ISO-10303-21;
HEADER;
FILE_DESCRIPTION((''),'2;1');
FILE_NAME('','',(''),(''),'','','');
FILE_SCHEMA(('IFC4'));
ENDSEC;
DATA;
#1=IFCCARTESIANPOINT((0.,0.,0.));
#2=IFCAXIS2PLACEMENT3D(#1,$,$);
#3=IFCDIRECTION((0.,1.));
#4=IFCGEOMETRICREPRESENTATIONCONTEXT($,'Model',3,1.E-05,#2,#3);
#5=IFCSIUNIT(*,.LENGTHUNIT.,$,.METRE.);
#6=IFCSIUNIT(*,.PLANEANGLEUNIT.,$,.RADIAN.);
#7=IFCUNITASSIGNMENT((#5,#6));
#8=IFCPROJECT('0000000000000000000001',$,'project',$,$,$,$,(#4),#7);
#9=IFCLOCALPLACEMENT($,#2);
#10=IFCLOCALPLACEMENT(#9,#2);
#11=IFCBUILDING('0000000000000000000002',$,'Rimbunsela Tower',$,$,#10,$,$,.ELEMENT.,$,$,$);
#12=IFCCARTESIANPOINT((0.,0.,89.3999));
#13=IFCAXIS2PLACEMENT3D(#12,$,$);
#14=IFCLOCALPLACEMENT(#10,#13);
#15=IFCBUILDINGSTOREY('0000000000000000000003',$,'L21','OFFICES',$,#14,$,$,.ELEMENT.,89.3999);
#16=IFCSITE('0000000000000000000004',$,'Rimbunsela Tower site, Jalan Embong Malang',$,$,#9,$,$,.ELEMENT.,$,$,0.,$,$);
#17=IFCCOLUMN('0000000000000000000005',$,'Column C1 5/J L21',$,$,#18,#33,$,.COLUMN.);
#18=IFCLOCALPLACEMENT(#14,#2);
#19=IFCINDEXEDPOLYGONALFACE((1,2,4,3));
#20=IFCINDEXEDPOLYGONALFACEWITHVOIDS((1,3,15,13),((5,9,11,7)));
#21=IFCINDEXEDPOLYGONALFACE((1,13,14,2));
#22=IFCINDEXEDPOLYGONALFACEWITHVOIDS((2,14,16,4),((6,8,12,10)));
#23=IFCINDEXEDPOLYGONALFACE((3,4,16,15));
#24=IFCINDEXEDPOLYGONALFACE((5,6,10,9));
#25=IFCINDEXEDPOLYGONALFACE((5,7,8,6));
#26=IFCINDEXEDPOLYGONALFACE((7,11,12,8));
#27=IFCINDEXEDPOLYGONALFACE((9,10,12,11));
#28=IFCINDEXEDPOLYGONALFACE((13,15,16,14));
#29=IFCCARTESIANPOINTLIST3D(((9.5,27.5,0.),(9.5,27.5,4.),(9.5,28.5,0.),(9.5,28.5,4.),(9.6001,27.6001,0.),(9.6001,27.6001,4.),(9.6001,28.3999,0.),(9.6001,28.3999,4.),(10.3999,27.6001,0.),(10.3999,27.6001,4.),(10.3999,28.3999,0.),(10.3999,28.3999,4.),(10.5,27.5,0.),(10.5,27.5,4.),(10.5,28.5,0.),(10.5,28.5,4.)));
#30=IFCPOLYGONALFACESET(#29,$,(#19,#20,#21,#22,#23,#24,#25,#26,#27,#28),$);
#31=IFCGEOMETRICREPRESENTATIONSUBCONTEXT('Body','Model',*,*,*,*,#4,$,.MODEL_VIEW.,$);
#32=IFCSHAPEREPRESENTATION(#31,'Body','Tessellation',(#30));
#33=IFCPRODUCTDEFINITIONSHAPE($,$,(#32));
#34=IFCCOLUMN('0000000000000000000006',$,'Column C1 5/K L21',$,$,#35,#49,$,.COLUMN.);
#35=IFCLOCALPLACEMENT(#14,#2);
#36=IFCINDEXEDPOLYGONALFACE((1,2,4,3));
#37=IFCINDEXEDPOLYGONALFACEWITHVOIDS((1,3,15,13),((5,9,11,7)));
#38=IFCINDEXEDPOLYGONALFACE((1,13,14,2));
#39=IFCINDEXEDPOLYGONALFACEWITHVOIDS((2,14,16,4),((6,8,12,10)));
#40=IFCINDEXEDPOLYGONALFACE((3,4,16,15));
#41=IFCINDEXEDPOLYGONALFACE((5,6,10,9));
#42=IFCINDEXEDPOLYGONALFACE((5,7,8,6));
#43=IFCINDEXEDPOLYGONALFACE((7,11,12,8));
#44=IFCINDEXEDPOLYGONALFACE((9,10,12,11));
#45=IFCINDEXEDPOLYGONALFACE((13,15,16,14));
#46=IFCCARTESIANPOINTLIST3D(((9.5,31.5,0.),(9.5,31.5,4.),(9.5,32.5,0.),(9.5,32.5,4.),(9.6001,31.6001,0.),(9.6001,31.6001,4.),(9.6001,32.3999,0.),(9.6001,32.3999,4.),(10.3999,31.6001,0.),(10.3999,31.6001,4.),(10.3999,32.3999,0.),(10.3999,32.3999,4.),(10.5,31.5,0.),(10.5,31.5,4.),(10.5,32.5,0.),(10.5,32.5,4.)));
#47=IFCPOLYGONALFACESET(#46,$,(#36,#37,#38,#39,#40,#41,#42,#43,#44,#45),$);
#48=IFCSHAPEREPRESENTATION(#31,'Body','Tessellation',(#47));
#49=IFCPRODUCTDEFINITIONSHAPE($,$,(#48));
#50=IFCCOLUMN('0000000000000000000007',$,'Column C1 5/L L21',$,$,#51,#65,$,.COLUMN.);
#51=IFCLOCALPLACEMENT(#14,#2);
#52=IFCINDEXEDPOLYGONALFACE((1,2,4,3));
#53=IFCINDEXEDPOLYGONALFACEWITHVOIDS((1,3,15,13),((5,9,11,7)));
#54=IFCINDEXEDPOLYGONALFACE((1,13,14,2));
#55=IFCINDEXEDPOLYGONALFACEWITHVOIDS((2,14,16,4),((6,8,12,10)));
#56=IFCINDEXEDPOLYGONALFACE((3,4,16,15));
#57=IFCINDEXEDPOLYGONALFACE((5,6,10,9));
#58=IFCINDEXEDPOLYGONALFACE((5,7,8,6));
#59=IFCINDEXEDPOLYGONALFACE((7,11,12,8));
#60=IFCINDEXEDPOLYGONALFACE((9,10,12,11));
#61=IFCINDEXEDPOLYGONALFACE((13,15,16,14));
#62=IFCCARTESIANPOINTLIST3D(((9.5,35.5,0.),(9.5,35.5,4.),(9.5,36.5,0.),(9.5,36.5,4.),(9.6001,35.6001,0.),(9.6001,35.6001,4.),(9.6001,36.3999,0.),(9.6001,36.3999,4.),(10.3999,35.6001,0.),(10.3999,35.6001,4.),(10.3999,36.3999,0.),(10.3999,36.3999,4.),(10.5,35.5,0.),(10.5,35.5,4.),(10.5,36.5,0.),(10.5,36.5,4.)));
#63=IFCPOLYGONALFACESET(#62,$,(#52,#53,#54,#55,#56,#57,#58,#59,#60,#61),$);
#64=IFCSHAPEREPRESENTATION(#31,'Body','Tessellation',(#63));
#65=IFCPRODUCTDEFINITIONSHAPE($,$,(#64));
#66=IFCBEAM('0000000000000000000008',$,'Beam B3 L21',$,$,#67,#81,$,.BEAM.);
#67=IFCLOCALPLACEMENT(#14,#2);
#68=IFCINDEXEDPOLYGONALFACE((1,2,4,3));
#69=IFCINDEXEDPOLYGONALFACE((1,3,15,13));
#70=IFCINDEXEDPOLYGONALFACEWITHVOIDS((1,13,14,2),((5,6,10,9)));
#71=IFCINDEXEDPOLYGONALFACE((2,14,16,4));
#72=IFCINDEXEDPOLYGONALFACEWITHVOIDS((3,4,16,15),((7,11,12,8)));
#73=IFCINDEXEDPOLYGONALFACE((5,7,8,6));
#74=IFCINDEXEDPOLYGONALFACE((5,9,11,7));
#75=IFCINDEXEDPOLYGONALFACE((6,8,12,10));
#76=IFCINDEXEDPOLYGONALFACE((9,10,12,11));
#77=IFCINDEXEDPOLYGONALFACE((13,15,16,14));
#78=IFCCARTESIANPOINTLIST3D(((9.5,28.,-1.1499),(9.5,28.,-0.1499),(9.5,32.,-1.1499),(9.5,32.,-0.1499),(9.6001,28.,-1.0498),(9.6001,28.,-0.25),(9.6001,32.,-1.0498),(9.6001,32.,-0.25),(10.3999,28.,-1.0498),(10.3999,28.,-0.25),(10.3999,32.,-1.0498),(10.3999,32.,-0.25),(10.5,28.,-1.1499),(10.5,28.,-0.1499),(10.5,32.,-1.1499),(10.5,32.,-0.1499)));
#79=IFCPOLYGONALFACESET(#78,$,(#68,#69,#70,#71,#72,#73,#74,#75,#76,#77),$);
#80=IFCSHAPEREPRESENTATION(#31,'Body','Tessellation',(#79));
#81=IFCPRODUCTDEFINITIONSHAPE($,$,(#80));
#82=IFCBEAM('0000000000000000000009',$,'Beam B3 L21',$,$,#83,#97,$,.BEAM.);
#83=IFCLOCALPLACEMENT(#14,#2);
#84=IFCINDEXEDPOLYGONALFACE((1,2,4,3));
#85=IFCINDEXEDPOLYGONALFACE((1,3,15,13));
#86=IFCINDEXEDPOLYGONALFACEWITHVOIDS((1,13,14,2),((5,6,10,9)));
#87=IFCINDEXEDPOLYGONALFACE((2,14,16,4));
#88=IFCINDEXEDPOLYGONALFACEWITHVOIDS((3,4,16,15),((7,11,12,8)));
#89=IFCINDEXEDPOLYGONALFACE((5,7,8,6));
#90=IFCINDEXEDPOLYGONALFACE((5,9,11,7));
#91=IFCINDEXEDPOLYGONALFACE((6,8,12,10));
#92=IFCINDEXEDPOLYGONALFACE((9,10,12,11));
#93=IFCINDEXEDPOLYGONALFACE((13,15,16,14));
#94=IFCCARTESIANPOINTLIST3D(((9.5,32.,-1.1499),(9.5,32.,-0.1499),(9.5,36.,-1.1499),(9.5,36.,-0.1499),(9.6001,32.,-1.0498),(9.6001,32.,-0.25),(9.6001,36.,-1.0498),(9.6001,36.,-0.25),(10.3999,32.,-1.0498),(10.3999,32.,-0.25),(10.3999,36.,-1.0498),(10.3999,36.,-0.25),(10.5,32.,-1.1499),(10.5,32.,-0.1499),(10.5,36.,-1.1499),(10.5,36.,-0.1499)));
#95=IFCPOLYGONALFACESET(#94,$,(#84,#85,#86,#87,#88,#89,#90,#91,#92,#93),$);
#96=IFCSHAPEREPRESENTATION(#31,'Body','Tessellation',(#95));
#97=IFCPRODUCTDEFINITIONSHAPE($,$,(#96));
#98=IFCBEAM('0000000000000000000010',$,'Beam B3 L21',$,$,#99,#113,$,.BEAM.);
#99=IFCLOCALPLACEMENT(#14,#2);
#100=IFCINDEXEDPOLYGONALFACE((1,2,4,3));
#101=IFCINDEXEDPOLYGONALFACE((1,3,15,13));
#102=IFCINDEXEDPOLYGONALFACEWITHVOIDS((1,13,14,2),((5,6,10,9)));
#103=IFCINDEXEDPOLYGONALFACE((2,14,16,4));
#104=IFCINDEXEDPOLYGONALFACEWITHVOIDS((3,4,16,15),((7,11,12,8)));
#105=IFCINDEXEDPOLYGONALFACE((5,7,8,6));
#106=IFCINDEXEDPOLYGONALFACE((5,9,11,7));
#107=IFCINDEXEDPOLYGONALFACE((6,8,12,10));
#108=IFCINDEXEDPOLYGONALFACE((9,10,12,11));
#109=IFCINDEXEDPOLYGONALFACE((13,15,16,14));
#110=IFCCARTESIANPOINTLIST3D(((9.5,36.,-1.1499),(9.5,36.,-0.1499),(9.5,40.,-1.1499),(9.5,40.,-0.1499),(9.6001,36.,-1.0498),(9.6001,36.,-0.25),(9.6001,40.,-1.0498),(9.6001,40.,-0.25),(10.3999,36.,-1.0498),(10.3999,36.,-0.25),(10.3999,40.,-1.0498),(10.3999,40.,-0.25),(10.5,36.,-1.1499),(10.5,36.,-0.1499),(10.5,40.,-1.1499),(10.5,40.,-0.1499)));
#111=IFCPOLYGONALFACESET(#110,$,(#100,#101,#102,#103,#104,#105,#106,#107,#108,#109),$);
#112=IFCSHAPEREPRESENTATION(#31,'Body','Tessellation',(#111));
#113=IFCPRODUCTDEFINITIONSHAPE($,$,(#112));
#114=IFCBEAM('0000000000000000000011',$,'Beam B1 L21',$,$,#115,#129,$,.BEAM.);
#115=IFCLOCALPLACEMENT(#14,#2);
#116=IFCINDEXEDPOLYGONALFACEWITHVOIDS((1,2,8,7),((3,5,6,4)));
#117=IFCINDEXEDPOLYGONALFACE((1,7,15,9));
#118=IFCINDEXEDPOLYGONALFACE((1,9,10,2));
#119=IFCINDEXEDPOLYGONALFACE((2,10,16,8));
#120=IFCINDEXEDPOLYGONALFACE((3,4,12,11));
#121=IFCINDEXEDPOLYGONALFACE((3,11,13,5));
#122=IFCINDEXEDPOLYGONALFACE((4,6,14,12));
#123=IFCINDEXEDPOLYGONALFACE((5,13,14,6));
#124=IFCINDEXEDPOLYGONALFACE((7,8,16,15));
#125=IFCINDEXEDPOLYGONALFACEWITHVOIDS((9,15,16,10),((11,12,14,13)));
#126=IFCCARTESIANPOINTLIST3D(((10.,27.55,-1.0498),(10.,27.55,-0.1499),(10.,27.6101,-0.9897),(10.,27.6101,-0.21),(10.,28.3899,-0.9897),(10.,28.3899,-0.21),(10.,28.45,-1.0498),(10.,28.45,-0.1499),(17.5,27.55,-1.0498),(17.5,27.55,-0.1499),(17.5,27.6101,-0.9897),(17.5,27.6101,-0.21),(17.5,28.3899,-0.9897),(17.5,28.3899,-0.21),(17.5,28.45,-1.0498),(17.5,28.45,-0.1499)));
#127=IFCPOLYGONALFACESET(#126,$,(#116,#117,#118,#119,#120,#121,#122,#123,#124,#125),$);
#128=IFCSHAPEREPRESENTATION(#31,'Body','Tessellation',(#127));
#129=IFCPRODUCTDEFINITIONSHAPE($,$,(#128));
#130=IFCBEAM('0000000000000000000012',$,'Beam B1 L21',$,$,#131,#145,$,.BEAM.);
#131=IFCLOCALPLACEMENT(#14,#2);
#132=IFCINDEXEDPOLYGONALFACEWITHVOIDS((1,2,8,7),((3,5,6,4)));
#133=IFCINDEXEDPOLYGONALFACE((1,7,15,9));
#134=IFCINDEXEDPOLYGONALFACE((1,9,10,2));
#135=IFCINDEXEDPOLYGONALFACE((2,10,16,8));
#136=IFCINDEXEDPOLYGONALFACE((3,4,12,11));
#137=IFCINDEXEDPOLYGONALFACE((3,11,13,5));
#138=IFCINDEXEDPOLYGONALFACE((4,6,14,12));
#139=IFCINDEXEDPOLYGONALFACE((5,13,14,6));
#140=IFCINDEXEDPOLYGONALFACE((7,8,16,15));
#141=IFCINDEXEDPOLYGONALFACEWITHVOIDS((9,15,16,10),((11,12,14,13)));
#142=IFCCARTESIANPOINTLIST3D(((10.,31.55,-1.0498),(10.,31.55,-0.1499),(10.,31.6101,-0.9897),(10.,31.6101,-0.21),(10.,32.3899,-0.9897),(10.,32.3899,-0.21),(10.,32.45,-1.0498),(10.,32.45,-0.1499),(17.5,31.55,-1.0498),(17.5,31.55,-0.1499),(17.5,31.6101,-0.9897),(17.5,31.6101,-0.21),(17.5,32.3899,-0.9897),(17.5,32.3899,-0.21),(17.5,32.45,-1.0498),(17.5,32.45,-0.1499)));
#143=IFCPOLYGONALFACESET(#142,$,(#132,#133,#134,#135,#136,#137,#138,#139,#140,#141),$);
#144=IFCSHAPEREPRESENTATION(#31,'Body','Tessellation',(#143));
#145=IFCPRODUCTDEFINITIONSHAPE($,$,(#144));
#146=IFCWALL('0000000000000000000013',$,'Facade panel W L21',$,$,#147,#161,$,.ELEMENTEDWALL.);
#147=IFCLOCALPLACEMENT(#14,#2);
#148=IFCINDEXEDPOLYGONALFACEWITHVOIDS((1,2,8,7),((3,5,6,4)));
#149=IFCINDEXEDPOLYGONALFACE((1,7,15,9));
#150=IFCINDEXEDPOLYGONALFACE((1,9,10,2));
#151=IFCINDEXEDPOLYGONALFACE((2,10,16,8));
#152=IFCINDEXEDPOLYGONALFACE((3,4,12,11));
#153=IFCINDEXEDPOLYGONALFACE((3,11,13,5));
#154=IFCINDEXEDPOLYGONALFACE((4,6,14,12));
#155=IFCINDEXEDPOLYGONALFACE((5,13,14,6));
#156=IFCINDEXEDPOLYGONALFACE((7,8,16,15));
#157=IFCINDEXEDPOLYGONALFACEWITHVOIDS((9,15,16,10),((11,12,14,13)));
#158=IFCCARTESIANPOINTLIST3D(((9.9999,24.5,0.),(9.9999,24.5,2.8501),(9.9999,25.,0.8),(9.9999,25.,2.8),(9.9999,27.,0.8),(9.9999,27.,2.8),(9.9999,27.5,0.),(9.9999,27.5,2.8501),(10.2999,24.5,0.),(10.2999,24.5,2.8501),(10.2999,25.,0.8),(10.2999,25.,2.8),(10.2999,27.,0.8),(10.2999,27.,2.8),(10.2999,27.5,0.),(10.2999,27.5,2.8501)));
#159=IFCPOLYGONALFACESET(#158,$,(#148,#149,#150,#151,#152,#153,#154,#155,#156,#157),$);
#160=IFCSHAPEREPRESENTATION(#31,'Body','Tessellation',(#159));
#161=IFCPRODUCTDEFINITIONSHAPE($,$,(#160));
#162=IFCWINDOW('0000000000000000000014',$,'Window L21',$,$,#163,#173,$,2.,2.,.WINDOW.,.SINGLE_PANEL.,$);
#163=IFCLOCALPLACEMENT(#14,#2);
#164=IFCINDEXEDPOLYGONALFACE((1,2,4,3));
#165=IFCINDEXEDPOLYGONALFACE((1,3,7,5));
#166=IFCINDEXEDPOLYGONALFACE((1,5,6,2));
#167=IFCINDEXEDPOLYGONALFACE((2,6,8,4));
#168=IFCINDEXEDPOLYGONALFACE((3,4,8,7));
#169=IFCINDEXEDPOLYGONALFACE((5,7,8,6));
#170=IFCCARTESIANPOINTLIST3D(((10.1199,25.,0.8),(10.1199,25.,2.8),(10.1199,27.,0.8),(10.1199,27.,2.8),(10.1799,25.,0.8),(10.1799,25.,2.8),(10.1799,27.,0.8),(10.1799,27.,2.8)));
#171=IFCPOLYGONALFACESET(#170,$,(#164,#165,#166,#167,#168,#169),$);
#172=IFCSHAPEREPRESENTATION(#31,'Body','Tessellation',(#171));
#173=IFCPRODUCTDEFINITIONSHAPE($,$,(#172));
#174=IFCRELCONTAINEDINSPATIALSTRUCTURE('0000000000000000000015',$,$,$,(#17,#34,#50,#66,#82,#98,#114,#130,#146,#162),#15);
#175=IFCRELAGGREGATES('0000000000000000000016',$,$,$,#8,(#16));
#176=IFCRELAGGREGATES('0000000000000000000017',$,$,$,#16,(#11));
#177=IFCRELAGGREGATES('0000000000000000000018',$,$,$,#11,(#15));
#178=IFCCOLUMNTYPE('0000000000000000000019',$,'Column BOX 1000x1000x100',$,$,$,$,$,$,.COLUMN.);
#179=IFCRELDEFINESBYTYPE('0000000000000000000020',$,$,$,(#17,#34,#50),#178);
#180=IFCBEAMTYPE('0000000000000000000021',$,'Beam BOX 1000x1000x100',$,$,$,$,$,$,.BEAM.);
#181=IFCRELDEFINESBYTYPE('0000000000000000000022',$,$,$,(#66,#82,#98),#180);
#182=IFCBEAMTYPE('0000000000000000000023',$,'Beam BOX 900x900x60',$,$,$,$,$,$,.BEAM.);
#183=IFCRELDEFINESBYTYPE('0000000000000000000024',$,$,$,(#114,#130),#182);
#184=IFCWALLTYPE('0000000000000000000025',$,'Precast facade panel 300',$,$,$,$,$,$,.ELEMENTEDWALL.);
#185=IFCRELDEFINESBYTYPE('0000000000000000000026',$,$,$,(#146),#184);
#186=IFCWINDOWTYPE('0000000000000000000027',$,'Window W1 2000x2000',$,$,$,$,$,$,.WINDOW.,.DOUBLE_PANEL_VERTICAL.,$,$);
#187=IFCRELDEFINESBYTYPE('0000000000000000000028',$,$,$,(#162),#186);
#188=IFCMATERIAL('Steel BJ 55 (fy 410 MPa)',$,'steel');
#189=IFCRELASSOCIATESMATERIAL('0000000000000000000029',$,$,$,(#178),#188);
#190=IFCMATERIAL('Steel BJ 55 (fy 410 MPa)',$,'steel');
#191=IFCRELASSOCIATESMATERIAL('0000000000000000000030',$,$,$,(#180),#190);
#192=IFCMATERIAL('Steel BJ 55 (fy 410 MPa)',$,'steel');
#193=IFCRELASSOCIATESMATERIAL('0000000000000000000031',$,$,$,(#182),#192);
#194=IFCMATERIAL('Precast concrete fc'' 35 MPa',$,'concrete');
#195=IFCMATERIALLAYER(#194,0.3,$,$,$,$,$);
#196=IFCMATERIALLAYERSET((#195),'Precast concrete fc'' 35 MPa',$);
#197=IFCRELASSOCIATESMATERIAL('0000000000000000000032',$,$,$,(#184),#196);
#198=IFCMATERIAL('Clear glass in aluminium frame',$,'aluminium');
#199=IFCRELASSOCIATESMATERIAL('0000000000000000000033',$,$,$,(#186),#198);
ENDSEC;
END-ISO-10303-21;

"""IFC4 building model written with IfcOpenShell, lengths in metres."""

from ifc_helpers import new_model, si_unit, direction, frame, frame_2d, origin, origin_2d, place, context, subcontext, project, spatial, rectangle, hollow_rectangle, extrude, material, layer, layer_set, material_profile, profile_set, type_object, element, fill, save


model = new_model("IFC4")

# Units and contexts
model_context = context("Model", 3, precision=1e-05, world=origin(), true_north=direction((0.0, 1.0)))
body_context = subcontext(model_context, "Body", "Model", "MODEL_VIEW")
ifc_project = project(units=[si_unit("LENGTHUNIT", "METRE"), si_unit("PLANEANGLEUNIT", "RADIAN")], contexts=[model_context])

# Site, building, storey
site_placement = place(None, origin())
site = spatial("IfcSite", under=ifc_project, at=site_placement, Name="Rimbunsela Tower site, Jalan Embong Malang", CompositionType="ELEMENT", RefElevation=0.0)
building_placement = place(site_placement, origin())
building = spatial("IfcBuilding", under=site, at=building_placement, Name="Rimbunsela Tower", CompositionType="ELEMENT")
storey_placement = place(building_placement, frame((0.0, 0.0, 89.3999)))
storey = spatial("IfcBuildingStorey", under=building, at=storey_placement, Name="L21", Description="OFFICES", CompositionType="ELEMENT", Elevation=89.3999)

# Columns
ifc_material_1 = material(Name="Steel BJ 55 (fy 410 MPa)", Category="steel")
ifc_material_profile_1 = material_profile(ifc_material_1, hollow_rectangle(XDim=1.0, YDim=1.0, WallThickness=0.1001, at=origin_2d()), Name="BOX 1000x1000x100")
ifc_profile_set_1 = profile_set([ifc_material_profile_1], Name="Steel BJ 55 (fy 410 MPa)")
column_type = type_object("IfcColumnType", Name="Column BOX 1000x1000x100", PredefinedType="COLUMN", material=ifc_profile_set_1)
for number, where, z_axis, x_axis, name in (
    (1, (10.0, 28.0, 0.0), (0.0, 0.0, 1.0), (1.0, 0.0, 0.0), "Column C1 5/J L21"),
    (2, (10.0, 32.0, 0.0), (0.0, 0.0, 1.0), (1.0, 0.0, 0.0), "Column C1 5/K L21"),
    (3, (10.0, 36.0, 0.0), (0.0, 0.0, 1.0), (1.0, 0.0, 0.0), "Column C1 5/L L21"),
):
    element("IfcColumn", number, at=place(storey_placement, frame(where, z_axis=z_axis, x_axis=x_axis)), inside=storey, type_object=column_type, Name=name, PredefinedType="COLUMN", context=body_context, shape_type="SweptSolid", body=[
        extrude(hollow_rectangle(XDim=1.0, YDim=1.0, WallThickness=0.1001, at=origin_2d()), origin(), (0.0, 0.0, 1.0), 4.0),
    ])

# Beams
ifc_material_2 = material(Name="Steel BJ 55 (fy 410 MPa)", Category="steel")
ifc_material_profile_2 = material_profile(ifc_material_2, hollow_rectangle(XDim=1.0, YDim=1.0, WallThickness=0.1001, at=origin_2d()), Name="BOX 1000x1000x100")
ifc_profile_set_2 = profile_set([ifc_material_profile_2], Name="Steel BJ 55 (fy 410 MPa)")
beam_type_1 = type_object("IfcBeamType", Name="Beam BOX 1000x1000x100", PredefinedType="BEAM", material=ifc_profile_set_2)
for number, where, z_axis, x_axis, name in (
    (4, (10.0, 28.0, -0.6499), (0.0, 1.0, 0.0), (-1.0, 0.0, 0.0), "Beam B3 L21"),
    (5, (10.0, 32.0, -0.6499), (0.0, 1.0, 0.0), (-1.0, 0.0, 0.0), "Beam B3 L21"),
    (6, (10.0, 36.0, -0.6499), (0.0, 1.0, 0.0), (-1.0, 0.0, 0.0), "Beam B3 L21"),
):
    element("IfcBeam", number, at=place(storey_placement, frame(where, z_axis=z_axis, x_axis=x_axis)), inside=storey, type_object=beam_type_1, Name=name, PredefinedType="BEAM", context=body_context, shape_type="SweptSolid", body=[
        extrude(hollow_rectangle(XDim=1.0, YDim=1.0, WallThickness=0.1001, at=origin_2d()), origin(), (0.0, 0.0, 1.0), 4.0),
    ])
ifc_material_3 = material(Name="Steel BJ 55 (fy 410 MPa)", Category="steel")
ifc_material_profile_3 = material_profile(ifc_material_3, hollow_rectangle(XDim=0.8999, YDim=0.8999, WallThickness=0.0601, at=origin_2d()), Name="BOX 900x900x60")
ifc_profile_set_3 = profile_set([ifc_material_profile_3], Name="Steel BJ 55 (fy 410 MPa)")
beam_type_2 = type_object("IfcBeamType", Name="Beam BOX 900x900x60", PredefinedType="BEAM", material=ifc_profile_set_3)
for number, where, z_axis, x_axis, name in (
    (7, (10.0, 28.0, -0.5999), (1.0, 0.0, 0.0), (0.0, 1.0, 0.0), "Beam B1 L21"),
    (8, (10.0, 32.0, -0.5999), (1.0, 0.0, 0.0), (0.0, 1.0, 0.0), "Beam B1 L21"),
):
    element("IfcBeam", number, at=place(storey_placement, frame(where, z_axis=z_axis, x_axis=x_axis)), inside=storey, type_object=beam_type_2, Name=name, PredefinedType="BEAM", context=body_context, shape_type="SweptSolid", body=[
        extrude(hollow_rectangle(XDim=0.8999, YDim=0.8999, WallThickness=0.0601, at=origin_2d()), origin(), (0.0, 0.0, 1.0), 7.5),
    ])

# Wall, opening, window
ifc_material_4 = material(Name="Precast concrete fc' 35 MPa", Category="concrete")
ifc_layer_1 = layer(ifc_material_4, 0.3)
ifc_layer_set_1 = layer_set([ifc_layer_1], Name="Precast concrete fc' 35 MPa")
wall_type = type_object("IfcWallType", Name="Precast facade panel 300", PredefinedType="ELEMENTEDWALL", material=ifc_layer_set_1)
wall_1_placement = place(storey_placement, frame((10.1499, 27.5, 0.0), z_axis=(0.0, 0.0, 1.0), x_axis=(0.0, -1.0, 0.0)))
wall_1 = element("IfcWall", 9, at=wall_1_placement, inside=storey, type_object=wall_type, Name="Facade panel W L21", PredefinedType="ELEMENTEDWALL", context=body_context, shape_type="SweptSolid", body=[
    extrude(rectangle(XDim=3.0, YDim=0.3, at=frame_2d((1.5, 0.0))), origin(), (0.0, 0.0, 1.0), 2.8501),
])
opening_1_placement = place(wall_1_placement, frame((0.5, 0.0, 0.8)))
opening_1 = element("IfcOpeningElement", 10, at=opening_1_placement, cuts=wall_1, PredefinedType="OPENING", context=body_context, shape_type="SweptSolid", body=[
    extrude(rectangle(XDim=2.0, YDim=2.0, at=frame_2d((1.0, 1.0))), frame((0.0, 0.1599, 0.0), z_axis=(0.0, -1.0, 0.0), x_axis=(1.0, 0.0, 0.0)), (0.0, 0.0, 1.0), 0.3201),
])
ifc_material_5 = material(Name="Clear glass in aluminium frame", Category="aluminium")
window_type = type_object("IfcWindowType", Name="Window W1 2000x2000", PartitioningType="DOUBLE_PANEL_VERTICAL", PredefinedType="WINDOW", material=ifc_material_5)
window_1_placement = place(opening_1_placement, origin())
window_1 = element("IfcWindow", 11, at=window_1_placement, inside=storey, type_object=window_type, Name="Window L21", OverallHeight=2.0, OverallWidth=2.0, PartitioningType="SINGLE_PANEL", PredefinedType="WINDOW", context=body_context, shape_type="SweptSolid", body=[
    extrude(rectangle(XDim=2.0, YDim=2.0, at=frame_2d((1.0, 1.0))), frame((0.0, 0.03, 0.0), z_axis=(0.0, -1.0, 0.0), x_axis=(1.0, 0.0, 0.0)), (0.0, 0.0, 1.0), 0.0601),
])
fill(opening_1, window_1)

save(model, "model.ifc")
